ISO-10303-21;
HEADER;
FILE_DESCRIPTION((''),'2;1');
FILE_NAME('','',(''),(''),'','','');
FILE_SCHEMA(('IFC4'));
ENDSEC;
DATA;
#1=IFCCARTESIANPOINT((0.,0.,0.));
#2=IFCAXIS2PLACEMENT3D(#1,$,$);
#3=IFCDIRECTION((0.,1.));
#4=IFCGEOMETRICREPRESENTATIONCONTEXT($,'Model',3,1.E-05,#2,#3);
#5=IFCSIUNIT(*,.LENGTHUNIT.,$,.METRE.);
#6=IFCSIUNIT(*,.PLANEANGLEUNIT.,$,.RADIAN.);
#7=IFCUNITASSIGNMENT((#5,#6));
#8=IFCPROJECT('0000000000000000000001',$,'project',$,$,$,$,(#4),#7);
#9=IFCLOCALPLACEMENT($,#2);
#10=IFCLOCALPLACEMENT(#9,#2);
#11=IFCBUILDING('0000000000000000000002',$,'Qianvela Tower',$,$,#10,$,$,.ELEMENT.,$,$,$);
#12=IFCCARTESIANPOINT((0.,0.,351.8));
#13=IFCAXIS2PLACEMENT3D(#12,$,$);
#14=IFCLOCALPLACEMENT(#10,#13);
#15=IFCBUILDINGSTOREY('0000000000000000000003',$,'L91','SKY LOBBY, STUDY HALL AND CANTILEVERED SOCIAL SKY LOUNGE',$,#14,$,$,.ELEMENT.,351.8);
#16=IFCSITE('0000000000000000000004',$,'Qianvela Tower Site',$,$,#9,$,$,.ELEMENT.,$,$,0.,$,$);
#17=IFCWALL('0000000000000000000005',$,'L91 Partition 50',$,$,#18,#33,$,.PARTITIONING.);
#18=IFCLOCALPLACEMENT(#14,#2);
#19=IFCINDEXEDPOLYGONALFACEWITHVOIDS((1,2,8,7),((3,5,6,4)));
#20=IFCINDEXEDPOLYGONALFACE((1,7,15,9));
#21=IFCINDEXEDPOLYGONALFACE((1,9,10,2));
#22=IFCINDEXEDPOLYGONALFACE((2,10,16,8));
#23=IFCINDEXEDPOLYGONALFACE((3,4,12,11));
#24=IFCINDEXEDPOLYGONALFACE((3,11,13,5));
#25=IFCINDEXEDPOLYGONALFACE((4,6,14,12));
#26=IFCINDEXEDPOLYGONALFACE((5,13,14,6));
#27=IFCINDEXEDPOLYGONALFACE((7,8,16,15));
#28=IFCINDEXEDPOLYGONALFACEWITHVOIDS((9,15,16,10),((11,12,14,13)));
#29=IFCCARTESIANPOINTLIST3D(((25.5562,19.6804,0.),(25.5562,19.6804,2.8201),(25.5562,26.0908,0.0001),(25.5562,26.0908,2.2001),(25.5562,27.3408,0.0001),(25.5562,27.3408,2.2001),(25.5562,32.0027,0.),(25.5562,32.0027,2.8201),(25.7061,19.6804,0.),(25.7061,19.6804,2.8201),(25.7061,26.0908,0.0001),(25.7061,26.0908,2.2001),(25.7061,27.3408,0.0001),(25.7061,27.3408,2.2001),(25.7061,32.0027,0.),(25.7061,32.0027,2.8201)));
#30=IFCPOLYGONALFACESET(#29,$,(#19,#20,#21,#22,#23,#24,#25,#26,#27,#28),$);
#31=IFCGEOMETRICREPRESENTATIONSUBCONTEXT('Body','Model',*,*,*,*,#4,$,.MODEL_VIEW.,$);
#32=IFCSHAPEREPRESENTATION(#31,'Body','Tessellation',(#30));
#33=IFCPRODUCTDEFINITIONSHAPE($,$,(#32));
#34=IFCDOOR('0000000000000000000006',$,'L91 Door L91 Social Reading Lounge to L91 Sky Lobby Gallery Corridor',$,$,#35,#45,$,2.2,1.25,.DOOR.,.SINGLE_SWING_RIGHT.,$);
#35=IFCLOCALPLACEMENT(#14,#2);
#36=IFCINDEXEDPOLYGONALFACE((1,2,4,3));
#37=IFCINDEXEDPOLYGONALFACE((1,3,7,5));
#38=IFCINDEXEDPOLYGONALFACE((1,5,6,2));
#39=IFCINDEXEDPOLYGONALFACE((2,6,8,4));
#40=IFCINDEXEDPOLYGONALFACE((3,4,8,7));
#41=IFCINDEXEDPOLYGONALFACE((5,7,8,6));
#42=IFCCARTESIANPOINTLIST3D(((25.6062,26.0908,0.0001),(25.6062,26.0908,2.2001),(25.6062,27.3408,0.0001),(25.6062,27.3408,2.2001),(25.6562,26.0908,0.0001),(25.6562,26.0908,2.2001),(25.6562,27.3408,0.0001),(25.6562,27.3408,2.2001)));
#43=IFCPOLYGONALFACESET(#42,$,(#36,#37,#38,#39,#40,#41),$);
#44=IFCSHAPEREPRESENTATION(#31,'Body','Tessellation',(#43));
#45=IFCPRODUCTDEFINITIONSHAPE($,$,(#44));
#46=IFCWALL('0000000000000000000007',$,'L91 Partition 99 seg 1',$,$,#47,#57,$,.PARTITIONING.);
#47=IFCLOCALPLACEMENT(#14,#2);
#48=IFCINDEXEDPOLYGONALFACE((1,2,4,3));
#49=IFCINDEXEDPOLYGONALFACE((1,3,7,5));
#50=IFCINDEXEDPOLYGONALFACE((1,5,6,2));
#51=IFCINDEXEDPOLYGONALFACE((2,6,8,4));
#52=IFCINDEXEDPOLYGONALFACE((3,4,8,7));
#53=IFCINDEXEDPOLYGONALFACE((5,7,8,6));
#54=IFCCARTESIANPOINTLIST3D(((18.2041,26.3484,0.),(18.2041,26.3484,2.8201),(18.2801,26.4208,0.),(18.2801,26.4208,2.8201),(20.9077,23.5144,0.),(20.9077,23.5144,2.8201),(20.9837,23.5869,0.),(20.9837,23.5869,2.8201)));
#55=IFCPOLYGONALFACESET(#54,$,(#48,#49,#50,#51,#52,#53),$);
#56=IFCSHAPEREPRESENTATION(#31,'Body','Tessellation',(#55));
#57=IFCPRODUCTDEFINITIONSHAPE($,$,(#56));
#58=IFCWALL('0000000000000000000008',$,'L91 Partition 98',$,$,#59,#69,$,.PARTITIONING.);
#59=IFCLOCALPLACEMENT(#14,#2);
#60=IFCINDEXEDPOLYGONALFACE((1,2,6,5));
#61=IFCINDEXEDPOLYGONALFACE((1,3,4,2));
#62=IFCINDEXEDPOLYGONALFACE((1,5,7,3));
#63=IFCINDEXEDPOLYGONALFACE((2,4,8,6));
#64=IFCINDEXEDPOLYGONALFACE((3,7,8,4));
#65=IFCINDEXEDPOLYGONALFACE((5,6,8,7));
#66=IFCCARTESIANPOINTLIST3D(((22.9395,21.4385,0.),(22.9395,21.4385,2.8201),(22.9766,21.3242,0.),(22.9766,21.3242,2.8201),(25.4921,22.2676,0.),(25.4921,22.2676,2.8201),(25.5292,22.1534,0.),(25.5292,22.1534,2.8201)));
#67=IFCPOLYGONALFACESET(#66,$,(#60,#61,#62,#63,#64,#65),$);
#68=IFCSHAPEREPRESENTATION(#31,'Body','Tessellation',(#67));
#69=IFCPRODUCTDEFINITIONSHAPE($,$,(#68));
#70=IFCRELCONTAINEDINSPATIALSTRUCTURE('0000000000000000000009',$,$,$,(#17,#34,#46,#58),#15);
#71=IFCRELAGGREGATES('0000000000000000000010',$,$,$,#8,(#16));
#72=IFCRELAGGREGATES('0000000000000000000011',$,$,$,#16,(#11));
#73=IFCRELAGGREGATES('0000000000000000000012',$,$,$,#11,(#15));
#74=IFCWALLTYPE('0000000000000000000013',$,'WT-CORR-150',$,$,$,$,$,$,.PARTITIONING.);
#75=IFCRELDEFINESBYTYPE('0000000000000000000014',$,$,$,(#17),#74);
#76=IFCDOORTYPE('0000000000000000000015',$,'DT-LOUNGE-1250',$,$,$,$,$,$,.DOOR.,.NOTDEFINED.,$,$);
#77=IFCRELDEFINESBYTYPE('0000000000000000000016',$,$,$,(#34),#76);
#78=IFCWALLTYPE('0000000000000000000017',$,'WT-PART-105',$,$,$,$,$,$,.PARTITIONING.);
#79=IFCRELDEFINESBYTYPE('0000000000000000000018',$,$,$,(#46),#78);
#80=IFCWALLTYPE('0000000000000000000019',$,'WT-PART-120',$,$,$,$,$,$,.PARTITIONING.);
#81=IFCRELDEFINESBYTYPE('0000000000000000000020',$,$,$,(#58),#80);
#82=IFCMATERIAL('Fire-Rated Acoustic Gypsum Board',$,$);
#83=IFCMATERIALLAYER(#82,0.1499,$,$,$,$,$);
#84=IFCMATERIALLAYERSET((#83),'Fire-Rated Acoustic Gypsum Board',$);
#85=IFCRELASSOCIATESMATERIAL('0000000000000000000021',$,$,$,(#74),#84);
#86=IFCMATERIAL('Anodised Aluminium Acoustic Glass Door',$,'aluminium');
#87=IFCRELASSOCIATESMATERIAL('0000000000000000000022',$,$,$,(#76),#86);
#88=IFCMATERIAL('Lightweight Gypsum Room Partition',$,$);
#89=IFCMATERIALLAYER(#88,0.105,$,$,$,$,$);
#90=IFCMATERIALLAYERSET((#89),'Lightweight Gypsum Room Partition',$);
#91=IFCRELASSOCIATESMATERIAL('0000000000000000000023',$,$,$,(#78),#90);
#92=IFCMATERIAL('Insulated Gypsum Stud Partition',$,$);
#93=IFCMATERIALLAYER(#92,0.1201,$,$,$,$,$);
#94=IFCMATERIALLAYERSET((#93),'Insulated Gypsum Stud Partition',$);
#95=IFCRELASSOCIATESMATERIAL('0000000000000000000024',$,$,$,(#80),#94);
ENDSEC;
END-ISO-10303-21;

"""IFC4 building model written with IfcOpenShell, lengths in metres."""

from ifc_helpers import new_model, si_unit, direction, frame, frame_2d, origin, place, context, subcontext, project, spatial, rectangle, extrude, material, layer, layer_set, type_object, element, fill, save


model = new_model("IFC4")

# Units and contexts
model_context = context("Model", 3, precision=1e-05, world=origin(), true_north=direction((0.0, 1.0)))
body_context = subcontext(model_context, "Body", "Model", "MODEL_VIEW")
ifc_project = project(units=[si_unit("LENGTHUNIT", "METRE"), si_unit("PLANEANGLEUNIT", "RADIAN")], contexts=[model_context])

# Site, building, storey
site_placement = place(None, origin())
site = spatial("IfcSite", under=ifc_project, at=site_placement, Name="Qianvela Tower Site", CompositionType="ELEMENT", RefElevation=0.0)
building_placement = place(site_placement, origin())
building = spatial("IfcBuilding", under=site, at=building_placement, Name="Qianvela Tower", CompositionType="ELEMENT")
storey_placement = place(building_placement, frame((0.0, 0.0, 351.8)))
storey = spatial("IfcBuildingStorey", under=building, at=storey_placement, Name="L91", Description="SKY LOBBY, STUDY HALL AND CANTILEVERED SOCIAL SKY LOUNGE", CompositionType="ELEMENT", Elevation=351.8)

# Wall, opening, door
ifc_material_1 = material(Name="Fire-Rated Acoustic Gypsum Board")
ifc_layer_1 = layer(ifc_material_1, 0.1499)
ifc_layer_set_1 = layer_set([ifc_layer_1], Name="Fire-Rated Acoustic Gypsum Board")
wall_type_1 = type_object("IfcWallType", Name="WT-CORR-150", PredefinedType="PARTITIONING", material=ifc_layer_set_1)
wall_1_placement = place(storey_placement, frame((25.6311, 19.6804, 0.0), z_axis=(0.0, 0.0, 1.0), x_axis=(0.0, 1.0, 0.0)))
wall_1 = element("IfcWall", 1, at=wall_1_placement, inside=storey, type_object=wall_type_1, Name="L91 Partition 50", PredefinedType="PARTITIONING", context=body_context, shape_type="SweptSolid", body=[
    extrude(rectangle(XDim=12.3223, YDim=0.1499, at=frame_2d((6.1611, 0.0))), origin(), (0.0, 0.0, 1.0), 2.8201),
])
opening_placement = place(wall_1_placement, frame((6.4104, 0.0, 0.0)))
opening = element("IfcOpeningElement", 2, at=opening_placement, cuts=wall_1, PredefinedType="OPENING", context=body_context, shape_type="SweptSolid", body=[
    extrude(rectangle(XDim=1.25, YDim=2.2, at=frame_2d((0.625, 1.1001))), frame((0.0, 0.085, 0.0), z_axis=(0.0, -1.0, 0.0), x_axis=(1.0, 0.0, 0.0)), (0.0, 0.0, 1.0), 0.1699),
])
ifc_material_2 = material(Name="Anodised Aluminium Acoustic Glass Door", Category="aluminium")
door_type = type_object("IfcDoorType", Name="DT-LOUNGE-1250", OperationType="NOTDEFINED", PredefinedType="DOOR", material=ifc_material_2)
door_placement = place(opening_placement, origin())
door = element("IfcDoor", 3, at=door_placement, inside=storey, type_object=door_type, Name="L91 Door L91 Social Reading Lounge to L91 Sky Lobby Gallery Corridor", OperationType="SINGLE_SWING_RIGHT", OverallHeight=2.2, OverallWidth=1.25, PredefinedType="DOOR", context=body_context, shape_type="SweptSolid", body=[
    extrude(rectangle(XDim=1.25, YDim=2.2, at=frame_2d((0.625, 1.1001))), frame((0.0, 0.0249, 0.0), z_axis=(0.0, -1.0, 0.0), x_axis=(1.0, 0.0, 0.0)), (0.0, 0.0, 1.0), 0.05),
])
fill(opening, door)

# Walls
ifc_material_3 = material(Name="Lightweight Gypsum Room Partition")
ifc_layer_2 = layer(ifc_material_3, 0.105)
ifc_layer_set_2 = layer_set([ifc_layer_2], Name="Lightweight Gypsum Room Partition")
wall_type_2 = type_object("IfcWallType", Name="WT-PART-105", PredefinedType="PARTITIONING", material=ifc_layer_set_2)
wall_2_placement = place(storey_placement, frame((20.9458, 23.5505, 0.0), z_axis=(0.0, 0.0, 1.0), x_axis=(-0.690268, 0.723554, 0.0)))
element("IfcWall", 4, at=wall_2_placement, inside=storey, type_object=wall_type_2, Name="L91 Partition 99 seg 1", PredefinedType="PARTITIONING", context=body_context, shape_type="SweptSolid", body=[
    extrude(rectangle(XDim=3.9167, YDim=0.105, at=frame_2d((1.9585, 0.0))), origin(), (0.0, 0.0, 1.0), 2.8201),
])
ifc_material_4 = material(Name="Insulated Gypsum Stud Partition")
ifc_layer_3 = layer(ifc_material_4, 0.1201)
ifc_layer_set_3 = layer_set([ifc_layer_3], Name="Insulated Gypsum Stud Partition")
wall_type_3 = type_object("IfcWallType", Name="WT-PART-120", PredefinedType="PARTITIONING", material=ifc_layer_set_3)
wall_3_placement = place(storey_placement, frame((25.5105, 22.2104, 0.0), z_axis=(0.0, 0.0, 1.0), x_axis=(-0.951084, -0.308932, 0.0)))
element("IfcWall", 5, at=wall_3_placement, inside=storey, type_object=wall_type_3, Name="L91 Partition 98", PredefinedType="PARTITIONING", context=body_context, shape_type="SweptSolid", body=[
    extrude(rectangle(XDim=2.6838, YDim=0.1201, at=frame_2d((1.3418, 0.0))), origin(), (0.0, 0.0, 1.0), 2.8201),
])

save(model, "model.ifc")
